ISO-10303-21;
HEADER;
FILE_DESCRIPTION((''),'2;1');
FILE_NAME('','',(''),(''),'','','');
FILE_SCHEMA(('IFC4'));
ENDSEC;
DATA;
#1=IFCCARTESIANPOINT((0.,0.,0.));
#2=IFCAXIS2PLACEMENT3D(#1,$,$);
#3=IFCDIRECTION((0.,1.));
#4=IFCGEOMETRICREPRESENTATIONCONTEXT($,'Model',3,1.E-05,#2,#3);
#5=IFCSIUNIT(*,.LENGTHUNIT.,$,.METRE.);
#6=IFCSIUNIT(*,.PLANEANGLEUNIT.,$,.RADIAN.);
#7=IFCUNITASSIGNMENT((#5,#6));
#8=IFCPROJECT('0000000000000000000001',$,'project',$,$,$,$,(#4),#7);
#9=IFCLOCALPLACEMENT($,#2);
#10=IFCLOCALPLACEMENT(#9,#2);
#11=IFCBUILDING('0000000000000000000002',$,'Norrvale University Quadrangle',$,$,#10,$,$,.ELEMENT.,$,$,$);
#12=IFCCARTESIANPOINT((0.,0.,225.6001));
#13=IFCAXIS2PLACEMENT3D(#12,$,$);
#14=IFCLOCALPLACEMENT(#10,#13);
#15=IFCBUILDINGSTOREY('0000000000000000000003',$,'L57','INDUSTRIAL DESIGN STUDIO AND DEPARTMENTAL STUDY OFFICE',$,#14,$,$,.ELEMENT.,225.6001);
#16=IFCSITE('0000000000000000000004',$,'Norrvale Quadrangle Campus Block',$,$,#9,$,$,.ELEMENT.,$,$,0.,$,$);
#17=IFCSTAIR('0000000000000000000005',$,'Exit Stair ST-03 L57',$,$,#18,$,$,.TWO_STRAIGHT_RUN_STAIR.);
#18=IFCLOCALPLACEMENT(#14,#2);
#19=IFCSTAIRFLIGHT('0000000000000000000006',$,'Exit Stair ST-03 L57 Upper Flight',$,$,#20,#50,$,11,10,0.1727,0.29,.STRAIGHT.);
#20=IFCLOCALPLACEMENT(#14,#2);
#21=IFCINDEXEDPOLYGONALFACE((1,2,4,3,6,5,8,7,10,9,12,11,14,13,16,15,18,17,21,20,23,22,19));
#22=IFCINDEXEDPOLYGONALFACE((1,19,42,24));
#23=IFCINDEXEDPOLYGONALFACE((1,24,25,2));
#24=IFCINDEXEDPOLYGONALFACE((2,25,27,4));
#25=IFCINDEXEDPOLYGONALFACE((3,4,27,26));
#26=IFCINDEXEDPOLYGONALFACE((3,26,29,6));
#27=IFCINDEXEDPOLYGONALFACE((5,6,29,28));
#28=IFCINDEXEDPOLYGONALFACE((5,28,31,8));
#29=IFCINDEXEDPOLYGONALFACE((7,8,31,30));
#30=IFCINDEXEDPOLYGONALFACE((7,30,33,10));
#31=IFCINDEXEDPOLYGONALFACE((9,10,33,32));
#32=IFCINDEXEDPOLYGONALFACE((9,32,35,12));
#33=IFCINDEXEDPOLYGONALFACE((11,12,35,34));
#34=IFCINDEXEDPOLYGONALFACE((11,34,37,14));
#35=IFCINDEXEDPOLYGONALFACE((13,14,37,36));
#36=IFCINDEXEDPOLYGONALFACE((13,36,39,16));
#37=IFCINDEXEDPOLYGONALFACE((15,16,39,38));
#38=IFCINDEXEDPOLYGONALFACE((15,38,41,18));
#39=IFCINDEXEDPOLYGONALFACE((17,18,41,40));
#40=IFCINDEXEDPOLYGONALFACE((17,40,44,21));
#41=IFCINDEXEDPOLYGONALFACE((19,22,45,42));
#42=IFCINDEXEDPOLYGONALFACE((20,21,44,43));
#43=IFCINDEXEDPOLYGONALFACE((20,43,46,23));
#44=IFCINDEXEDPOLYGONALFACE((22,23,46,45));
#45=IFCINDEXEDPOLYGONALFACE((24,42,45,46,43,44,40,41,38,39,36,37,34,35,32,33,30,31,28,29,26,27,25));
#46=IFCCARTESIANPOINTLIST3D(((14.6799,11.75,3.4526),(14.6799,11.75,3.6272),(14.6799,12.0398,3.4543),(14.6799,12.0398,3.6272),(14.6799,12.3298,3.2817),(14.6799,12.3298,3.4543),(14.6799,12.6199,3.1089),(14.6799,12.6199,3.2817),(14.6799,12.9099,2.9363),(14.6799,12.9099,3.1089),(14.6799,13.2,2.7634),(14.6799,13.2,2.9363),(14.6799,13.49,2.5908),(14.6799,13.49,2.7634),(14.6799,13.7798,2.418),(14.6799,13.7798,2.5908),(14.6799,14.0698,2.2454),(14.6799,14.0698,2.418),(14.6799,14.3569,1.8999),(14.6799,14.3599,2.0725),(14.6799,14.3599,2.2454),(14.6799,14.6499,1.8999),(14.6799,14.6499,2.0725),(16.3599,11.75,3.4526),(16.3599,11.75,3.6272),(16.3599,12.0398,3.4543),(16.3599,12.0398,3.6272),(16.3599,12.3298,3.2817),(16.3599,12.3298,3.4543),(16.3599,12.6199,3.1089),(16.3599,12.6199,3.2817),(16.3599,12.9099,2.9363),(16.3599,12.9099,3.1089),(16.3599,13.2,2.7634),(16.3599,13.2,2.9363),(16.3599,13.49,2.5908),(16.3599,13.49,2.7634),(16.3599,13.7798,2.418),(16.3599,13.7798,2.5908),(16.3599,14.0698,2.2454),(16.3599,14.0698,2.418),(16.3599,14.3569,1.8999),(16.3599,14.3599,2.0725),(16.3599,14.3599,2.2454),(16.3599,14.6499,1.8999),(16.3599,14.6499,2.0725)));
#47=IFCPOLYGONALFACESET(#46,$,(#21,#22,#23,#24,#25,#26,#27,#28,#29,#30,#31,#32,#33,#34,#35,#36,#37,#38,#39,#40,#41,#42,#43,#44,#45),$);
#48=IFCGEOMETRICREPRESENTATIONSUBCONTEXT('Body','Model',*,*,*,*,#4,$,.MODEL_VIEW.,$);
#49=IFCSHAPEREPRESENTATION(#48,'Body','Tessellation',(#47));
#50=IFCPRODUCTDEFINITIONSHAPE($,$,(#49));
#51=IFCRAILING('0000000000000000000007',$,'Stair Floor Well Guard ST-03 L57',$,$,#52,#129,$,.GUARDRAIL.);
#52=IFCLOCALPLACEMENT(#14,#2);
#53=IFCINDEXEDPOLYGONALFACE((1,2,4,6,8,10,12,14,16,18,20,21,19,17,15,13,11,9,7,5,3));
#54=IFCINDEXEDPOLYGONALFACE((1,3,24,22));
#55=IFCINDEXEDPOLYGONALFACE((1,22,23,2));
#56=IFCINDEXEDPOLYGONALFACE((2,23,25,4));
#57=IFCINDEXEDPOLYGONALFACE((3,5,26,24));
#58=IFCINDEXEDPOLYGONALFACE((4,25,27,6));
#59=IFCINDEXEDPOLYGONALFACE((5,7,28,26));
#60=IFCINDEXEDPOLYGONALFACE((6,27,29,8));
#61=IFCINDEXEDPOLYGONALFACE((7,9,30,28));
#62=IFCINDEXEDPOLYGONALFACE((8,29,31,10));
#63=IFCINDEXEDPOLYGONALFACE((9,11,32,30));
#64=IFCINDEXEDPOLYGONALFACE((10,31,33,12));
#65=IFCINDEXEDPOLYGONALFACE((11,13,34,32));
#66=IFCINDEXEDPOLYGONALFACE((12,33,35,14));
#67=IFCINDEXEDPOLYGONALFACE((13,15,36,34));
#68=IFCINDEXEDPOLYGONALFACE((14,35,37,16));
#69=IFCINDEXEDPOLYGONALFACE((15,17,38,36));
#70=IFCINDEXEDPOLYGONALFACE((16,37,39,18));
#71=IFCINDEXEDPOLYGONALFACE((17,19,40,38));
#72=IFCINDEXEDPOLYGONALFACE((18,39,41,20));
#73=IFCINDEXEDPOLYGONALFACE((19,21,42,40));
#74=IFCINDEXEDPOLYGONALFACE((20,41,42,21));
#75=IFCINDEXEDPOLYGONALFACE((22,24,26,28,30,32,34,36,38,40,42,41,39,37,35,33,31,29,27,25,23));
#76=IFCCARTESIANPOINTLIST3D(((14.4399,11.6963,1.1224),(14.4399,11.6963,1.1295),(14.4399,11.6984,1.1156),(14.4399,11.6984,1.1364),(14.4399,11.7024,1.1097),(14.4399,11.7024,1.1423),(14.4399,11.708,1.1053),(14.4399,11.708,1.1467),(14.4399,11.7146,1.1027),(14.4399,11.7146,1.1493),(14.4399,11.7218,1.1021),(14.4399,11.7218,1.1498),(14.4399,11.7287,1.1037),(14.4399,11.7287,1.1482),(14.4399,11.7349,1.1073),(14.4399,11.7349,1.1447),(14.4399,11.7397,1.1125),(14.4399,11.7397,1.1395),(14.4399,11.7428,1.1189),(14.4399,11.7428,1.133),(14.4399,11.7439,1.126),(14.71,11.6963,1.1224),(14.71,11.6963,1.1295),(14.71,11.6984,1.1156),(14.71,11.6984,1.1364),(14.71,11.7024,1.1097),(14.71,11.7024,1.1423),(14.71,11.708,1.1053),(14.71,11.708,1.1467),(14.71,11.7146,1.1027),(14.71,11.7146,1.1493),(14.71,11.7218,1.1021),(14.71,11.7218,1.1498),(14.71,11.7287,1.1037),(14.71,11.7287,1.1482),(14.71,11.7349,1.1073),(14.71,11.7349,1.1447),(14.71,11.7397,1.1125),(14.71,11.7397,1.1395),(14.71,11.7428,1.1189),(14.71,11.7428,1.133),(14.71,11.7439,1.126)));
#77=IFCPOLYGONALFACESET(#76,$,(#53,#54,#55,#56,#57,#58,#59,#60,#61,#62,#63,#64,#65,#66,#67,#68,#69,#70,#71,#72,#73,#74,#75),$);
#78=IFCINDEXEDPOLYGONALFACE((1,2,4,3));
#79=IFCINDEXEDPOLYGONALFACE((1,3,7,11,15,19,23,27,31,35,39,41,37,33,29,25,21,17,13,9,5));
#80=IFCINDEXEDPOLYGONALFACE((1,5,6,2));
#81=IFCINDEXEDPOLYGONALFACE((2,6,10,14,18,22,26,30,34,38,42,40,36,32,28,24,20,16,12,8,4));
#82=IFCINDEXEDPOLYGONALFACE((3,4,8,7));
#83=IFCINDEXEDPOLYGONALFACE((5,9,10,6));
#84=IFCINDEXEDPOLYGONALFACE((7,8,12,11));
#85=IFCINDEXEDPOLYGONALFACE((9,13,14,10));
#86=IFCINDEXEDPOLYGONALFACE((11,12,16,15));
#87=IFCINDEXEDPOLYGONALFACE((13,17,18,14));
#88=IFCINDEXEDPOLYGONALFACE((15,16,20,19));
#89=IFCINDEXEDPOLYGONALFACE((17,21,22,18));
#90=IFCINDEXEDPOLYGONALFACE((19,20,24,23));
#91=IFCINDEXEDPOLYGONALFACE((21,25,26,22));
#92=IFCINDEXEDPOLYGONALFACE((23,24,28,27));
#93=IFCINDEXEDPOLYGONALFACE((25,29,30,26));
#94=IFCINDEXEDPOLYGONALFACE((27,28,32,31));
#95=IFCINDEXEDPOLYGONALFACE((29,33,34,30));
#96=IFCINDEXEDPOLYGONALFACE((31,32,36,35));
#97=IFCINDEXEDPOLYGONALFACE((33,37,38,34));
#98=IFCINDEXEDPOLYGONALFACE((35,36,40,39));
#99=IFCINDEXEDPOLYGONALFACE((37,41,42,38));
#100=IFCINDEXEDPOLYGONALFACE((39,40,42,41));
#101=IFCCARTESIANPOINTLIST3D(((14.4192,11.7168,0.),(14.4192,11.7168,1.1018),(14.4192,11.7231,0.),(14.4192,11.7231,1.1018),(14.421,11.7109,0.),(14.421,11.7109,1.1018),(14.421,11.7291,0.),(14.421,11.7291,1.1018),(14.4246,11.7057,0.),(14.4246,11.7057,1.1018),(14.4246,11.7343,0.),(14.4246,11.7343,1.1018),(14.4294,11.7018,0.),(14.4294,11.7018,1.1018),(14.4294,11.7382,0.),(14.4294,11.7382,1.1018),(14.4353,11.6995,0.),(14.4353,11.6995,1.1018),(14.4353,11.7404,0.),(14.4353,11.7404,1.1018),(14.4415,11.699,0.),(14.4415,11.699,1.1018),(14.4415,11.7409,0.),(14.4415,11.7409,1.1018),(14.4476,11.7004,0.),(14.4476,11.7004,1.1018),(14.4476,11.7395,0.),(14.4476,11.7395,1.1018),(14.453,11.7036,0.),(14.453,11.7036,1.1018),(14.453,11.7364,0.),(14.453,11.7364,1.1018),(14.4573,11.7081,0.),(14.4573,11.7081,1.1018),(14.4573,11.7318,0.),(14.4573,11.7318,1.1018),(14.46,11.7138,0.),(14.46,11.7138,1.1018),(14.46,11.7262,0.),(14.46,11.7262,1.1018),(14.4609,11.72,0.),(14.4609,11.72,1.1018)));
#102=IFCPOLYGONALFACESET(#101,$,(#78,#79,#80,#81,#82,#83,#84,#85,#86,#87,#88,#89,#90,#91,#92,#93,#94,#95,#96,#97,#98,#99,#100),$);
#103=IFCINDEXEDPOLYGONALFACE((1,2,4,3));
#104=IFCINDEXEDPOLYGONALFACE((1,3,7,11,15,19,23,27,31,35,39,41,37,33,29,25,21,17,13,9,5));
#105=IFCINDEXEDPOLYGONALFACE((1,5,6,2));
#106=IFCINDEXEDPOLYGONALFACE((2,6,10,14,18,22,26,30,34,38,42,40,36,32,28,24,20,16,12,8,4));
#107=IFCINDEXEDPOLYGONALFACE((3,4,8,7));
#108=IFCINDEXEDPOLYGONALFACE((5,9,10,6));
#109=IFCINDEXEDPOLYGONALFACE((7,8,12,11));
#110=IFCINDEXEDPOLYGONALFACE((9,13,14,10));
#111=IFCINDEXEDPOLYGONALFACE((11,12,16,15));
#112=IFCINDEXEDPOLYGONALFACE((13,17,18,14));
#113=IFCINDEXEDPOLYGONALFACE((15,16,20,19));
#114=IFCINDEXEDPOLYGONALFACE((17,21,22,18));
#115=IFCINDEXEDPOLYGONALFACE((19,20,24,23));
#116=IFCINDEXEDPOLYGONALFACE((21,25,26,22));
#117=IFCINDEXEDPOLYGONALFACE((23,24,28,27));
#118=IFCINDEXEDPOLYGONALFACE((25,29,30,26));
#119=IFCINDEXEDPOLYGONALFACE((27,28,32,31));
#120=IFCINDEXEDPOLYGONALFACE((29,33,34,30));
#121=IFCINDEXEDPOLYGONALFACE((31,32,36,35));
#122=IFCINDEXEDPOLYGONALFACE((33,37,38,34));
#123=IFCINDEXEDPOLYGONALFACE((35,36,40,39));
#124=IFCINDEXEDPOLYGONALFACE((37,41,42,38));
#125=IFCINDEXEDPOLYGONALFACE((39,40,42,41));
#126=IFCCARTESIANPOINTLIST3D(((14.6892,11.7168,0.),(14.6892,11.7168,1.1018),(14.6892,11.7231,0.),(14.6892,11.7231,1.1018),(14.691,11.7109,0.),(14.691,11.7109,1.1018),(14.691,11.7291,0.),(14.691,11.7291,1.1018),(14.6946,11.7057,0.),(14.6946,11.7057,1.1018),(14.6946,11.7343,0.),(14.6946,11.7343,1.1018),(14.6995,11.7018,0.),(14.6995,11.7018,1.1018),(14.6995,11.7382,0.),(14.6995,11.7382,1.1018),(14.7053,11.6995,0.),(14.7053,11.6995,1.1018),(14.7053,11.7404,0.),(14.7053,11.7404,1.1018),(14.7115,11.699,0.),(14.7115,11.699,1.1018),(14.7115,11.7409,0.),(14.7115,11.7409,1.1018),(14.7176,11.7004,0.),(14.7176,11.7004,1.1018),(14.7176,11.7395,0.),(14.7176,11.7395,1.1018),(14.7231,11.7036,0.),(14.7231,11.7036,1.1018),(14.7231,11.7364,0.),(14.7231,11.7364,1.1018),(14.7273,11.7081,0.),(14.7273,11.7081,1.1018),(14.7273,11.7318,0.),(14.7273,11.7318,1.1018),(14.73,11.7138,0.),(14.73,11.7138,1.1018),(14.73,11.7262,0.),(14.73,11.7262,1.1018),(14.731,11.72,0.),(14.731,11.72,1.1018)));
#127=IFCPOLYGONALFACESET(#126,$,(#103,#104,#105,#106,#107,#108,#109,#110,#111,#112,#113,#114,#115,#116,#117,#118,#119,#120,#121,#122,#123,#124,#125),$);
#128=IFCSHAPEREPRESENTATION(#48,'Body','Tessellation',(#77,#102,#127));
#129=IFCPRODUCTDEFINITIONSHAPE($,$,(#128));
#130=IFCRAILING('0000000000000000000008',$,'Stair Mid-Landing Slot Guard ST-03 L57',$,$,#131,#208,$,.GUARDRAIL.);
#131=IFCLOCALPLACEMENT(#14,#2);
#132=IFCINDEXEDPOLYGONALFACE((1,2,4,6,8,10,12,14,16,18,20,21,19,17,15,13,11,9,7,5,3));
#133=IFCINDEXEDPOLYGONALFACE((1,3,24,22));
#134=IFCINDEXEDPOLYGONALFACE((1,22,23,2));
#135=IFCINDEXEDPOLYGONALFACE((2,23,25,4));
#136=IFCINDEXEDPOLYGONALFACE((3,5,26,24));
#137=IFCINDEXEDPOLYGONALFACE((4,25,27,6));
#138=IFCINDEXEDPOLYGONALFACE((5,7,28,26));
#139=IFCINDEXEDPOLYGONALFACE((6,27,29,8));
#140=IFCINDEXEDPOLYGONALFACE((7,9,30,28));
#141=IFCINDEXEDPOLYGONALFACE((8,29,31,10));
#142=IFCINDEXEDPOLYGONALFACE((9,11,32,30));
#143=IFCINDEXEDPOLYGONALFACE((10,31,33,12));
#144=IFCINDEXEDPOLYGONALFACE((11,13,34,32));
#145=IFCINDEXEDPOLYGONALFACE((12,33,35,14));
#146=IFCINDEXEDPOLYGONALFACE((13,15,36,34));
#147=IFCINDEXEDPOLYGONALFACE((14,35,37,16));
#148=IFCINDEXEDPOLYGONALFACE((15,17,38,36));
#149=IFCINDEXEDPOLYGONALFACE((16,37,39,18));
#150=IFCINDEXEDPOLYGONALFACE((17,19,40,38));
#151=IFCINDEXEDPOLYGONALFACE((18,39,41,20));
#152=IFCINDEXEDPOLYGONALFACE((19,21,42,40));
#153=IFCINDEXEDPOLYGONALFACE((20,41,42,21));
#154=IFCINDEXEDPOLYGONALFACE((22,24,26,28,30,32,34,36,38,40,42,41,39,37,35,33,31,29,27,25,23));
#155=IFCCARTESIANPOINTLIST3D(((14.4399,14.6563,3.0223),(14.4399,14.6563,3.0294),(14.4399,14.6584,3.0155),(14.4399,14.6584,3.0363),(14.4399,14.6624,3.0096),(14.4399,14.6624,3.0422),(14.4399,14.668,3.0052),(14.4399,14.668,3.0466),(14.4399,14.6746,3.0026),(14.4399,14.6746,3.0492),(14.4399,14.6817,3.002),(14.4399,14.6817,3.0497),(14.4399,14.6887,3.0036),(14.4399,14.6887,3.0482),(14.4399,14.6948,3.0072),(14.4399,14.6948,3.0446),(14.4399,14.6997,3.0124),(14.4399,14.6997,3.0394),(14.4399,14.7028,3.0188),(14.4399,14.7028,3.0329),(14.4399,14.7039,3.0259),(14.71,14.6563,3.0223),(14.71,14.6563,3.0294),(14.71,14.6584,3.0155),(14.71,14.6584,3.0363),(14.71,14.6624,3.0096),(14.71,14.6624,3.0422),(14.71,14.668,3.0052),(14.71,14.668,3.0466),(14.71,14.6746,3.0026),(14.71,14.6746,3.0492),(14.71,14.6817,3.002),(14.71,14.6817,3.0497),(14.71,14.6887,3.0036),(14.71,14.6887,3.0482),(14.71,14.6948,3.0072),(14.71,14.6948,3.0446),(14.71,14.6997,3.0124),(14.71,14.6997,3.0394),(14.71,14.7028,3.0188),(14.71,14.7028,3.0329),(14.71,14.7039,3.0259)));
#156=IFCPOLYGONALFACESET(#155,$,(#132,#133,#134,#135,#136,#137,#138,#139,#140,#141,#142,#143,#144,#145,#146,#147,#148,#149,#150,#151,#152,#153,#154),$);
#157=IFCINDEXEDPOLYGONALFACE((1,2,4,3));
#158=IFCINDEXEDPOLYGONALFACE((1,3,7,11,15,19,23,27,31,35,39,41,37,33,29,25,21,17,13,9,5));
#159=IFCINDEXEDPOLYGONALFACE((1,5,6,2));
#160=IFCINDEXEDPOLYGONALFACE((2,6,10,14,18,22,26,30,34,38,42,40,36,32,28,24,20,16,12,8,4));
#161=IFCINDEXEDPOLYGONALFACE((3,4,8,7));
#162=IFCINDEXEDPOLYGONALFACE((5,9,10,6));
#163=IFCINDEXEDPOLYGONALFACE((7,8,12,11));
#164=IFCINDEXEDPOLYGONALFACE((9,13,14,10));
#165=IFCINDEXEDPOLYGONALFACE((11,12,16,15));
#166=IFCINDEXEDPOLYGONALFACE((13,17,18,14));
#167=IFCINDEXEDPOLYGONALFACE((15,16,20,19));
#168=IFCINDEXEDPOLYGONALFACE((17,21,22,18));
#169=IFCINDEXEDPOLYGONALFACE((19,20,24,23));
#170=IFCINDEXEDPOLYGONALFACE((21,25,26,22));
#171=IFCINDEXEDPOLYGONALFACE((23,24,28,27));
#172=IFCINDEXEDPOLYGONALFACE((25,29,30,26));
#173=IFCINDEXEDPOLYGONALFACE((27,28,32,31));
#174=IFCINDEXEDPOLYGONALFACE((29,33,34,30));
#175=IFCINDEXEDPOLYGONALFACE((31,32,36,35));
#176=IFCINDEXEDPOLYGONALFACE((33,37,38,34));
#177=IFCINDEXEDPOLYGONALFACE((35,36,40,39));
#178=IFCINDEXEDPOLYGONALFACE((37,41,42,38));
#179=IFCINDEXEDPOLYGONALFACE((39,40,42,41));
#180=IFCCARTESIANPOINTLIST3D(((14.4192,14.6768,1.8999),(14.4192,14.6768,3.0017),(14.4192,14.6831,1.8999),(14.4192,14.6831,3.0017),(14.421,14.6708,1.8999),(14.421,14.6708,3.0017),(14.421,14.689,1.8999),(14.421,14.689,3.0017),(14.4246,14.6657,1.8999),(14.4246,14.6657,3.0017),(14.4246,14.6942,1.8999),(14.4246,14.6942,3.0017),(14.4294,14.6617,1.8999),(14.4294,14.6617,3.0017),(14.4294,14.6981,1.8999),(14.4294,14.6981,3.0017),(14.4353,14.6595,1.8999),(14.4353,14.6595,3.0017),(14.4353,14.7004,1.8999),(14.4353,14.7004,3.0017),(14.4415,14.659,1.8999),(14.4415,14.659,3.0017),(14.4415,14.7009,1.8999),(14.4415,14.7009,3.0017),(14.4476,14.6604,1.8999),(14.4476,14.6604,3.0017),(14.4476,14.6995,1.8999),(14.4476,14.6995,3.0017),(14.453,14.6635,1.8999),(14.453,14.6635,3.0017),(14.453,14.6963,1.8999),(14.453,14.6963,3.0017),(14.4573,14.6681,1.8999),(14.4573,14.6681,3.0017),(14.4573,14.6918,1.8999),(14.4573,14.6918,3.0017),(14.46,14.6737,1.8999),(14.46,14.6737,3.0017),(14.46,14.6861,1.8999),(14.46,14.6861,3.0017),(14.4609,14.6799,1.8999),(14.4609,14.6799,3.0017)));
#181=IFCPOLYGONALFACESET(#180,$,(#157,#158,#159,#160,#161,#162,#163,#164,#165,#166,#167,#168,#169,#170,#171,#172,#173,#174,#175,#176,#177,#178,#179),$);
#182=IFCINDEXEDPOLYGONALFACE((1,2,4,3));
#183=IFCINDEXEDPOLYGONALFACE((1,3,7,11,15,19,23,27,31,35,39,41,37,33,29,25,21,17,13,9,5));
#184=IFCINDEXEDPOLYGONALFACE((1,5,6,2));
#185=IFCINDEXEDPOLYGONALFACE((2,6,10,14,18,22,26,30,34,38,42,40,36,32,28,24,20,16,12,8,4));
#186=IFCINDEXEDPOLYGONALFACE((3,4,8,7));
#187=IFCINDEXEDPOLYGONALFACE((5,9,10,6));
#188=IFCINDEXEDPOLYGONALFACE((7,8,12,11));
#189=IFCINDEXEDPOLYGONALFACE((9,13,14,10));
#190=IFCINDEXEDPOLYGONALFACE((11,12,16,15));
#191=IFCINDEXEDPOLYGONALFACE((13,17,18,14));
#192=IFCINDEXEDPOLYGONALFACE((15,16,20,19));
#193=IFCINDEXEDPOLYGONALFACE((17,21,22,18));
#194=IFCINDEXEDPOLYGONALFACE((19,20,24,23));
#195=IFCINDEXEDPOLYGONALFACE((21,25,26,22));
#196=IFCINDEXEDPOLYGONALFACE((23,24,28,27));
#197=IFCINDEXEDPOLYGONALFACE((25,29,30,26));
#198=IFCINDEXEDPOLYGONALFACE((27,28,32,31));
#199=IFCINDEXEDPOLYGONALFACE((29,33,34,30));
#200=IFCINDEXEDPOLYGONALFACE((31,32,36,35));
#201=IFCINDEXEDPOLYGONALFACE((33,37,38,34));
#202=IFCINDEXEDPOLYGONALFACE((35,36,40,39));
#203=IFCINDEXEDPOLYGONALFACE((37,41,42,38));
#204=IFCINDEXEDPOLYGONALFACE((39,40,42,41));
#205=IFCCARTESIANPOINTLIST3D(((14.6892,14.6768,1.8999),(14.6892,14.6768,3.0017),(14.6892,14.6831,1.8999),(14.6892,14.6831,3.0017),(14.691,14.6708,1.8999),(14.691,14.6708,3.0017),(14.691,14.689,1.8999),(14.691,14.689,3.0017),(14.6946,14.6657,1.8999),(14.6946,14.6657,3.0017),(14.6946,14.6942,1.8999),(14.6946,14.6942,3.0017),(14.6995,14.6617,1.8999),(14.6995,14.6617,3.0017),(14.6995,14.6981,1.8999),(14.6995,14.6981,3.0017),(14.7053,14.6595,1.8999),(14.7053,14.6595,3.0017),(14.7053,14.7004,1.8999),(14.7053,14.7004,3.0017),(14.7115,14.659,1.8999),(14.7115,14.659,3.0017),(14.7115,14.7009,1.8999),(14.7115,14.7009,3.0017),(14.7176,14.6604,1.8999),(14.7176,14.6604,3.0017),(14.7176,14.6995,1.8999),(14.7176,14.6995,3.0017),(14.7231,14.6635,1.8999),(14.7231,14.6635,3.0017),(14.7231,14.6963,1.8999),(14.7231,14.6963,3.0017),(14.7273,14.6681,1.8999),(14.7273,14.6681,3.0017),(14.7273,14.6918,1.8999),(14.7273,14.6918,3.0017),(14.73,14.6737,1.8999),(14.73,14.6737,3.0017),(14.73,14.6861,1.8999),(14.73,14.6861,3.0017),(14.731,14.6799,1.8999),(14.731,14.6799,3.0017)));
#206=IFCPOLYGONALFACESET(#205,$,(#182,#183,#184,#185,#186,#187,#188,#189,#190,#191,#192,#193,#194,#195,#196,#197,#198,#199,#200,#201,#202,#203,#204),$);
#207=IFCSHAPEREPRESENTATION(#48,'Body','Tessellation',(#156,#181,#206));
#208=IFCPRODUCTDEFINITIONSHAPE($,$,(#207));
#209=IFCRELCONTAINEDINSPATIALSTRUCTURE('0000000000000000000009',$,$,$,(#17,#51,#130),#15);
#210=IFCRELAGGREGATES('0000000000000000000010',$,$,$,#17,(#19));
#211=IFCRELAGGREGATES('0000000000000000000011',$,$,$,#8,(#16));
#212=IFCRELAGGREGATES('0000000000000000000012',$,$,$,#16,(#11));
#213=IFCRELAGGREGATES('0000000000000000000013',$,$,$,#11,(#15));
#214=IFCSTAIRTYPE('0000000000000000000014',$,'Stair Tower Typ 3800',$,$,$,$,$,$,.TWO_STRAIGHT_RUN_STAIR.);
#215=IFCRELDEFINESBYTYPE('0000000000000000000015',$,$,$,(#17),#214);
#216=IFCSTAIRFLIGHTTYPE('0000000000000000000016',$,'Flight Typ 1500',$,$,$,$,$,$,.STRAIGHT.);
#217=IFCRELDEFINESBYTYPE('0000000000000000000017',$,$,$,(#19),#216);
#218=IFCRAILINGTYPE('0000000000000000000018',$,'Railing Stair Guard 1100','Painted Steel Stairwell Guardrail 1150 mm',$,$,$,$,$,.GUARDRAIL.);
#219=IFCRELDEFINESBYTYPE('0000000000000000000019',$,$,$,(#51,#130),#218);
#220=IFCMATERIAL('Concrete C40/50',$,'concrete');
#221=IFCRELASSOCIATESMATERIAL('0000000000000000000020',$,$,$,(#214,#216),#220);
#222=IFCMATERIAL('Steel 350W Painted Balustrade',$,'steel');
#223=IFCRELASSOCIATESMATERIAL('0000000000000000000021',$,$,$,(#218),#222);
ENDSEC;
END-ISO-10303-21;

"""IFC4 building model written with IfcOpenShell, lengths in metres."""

from ifc_helpers import new_model, si_unit, direction, frame, origin, origin_2d, place, context, subcontext, project, spatial, polyline, circle, outline, extrude, material, type_object, element, aggregate, save


model = new_model("IFC4")

# Units and contexts
model_context = context("Model", 3, precision=1e-05, world=origin(), true_north=direction((0.0, 1.0)))
body_context = subcontext(model_context, "Body", "Model", "MODEL_VIEW")
ifc_project = project(units=[si_unit("LENGTHUNIT", "METRE"), si_unit("PLANEANGLEUNIT", "RADIAN")], contexts=[model_context])

# Site, building, storey
site_placement = place(None, origin())
site = spatial("IfcSite", under=ifc_project, at=site_placement, Name="Norrvale Quadrangle Campus Block", CompositionType="ELEMENT", RefElevation=0.0)
building_placement = place(site_placement, origin())
building = spatial("IfcBuilding", under=site, at=building_placement, Name="Norrvale University Quadrangle", CompositionType="ELEMENT")
storey_placement = place(building_placement, frame((0.0, 0.0, 225.6001)))
storey = spatial("IfcBuildingStorey", under=building, at=storey_placement, Name="L57", Description="INDUSTRIAL DESIGN STUDIO AND DEPARTMENTAL STUDY OFFICE", CompositionType="ELEMENT", Elevation=225.6001)

# Stair, stair flight
ifc_material_1 = material(Name="Concrete C40/50", Category="concrete")
stair_type = type_object("IfcStairType", Name="Stair Tower Typ 3800", PredefinedType="TWO_STRAIGHT_RUN_STAIR", material=ifc_material_1)
stair_placement = place(storey_placement, origin())
stair = element("IfcStair", 1, at=stair_placement, inside=storey, type_object=stair_type, Name="Exit Stair ST-03 L57", PredefinedType="TWO_STRAIGHT_RUN_STAIR")
stair_flight_type = type_object("IfcStairFlightType", Name="Flight Typ 1500", PredefinedType="STRAIGHT", material=ifc_material_1)
stair_flight_1_placement = place(storey_placement, frame((15.52, 14.6499, 1.8999), z_axis=(0.0, 0.0, 1.0), x_axis=(0.0, -1.0, 0.0)))
stair_flight_1 = element("IfcStairFlight", 2, at=stair_flight_1_placement, type_object=stair_flight_type, Name="Exit Stair ST-03 L57 Upper Flight", NumberOfRisers=11, NumberOfTreads=10, PredefinedType="STRAIGHT", RiserHeight=0.1727, TreadLength=0.29, context=body_context, shape_type="SweptSolid", body=[
    extrude(outline(polyline([(0.0, 0.0), (0.0, 0.1726), (0.29, 0.1726), (0.29, 0.3455), (0.5801, 0.3455), (0.5801, 0.5181), (0.8701, 0.5181), (0.8701, 0.6909), (1.1599, 0.6909), (1.1599, 0.8635), (1.45, 0.8635), (1.45, 1.0364), (1.74, 1.0364), (1.74, 1.209), (2.03, 1.209), (2.03, 1.3818), (2.3201, 1.3818), (2.3201, 1.5544), (2.6101, 1.5544), (2.6101, 1.7273), (2.8999, 1.7273), (2.8999, 1.8999), (2.8999, 1.5527), (0.293, 0.0), (0.0, 0.0)])), frame((0.0, 0.8398, 0.0), z_axis=(0.0, -1.0, 0.0), x_axis=(1.0, 0.0, 0.0)), (0.0, 0.0, 1.0), 1.6799),
])
aggregate(stair, [stair_flight_1])

# Railings
ifc_material_2 = material(Name="Steel 350W Painted Balustrade", Category="steel")
railing_type_1 = type_object("IfcRailingType", Name="Railing Stair Guard 1100", Description="Painted Steel Stairwell Guardrail 1150 mm", PredefinedType="GUARDRAIL", material=ifc_material_2)
for number, where, name in (
    (3, (14.4399, 11.72, 0.0), "Stair Floor Well Guard ST-03 L57"),
    (4, (14.4399, 14.6799, 1.8999), "Stair Mid-Landing Slot Guard ST-03 L57"),
):
    element("IfcRailing", number, at=place(storey_placement, frame(where)), inside=storey, type_object=railing_type_1, Name=name, PredefinedType="GUARDRAIL", context=body_context, shape_type="SweptSolid", body=[
        extrude(circle(Radius=0.0239, at=origin_2d()), frame((0.0, 0.0, 1.126), z_axis=(1.0, 0.0, 0.0), x_axis=(0.0, 1.0, 0.0)), (0.0, 0.0, 1.0), 0.27),
        extrude(circle(Radius=0.021, at=origin_2d()), origin(), (0.0, 0.0, 1.0), 1.1018),
        extrude(circle(Radius=0.021, at=origin_2d()), frame((0.27, 0.0, 0.0)), (0.0, 0.0, 1.0), 1.1018),
    ])

save(model, "model.ifc")
